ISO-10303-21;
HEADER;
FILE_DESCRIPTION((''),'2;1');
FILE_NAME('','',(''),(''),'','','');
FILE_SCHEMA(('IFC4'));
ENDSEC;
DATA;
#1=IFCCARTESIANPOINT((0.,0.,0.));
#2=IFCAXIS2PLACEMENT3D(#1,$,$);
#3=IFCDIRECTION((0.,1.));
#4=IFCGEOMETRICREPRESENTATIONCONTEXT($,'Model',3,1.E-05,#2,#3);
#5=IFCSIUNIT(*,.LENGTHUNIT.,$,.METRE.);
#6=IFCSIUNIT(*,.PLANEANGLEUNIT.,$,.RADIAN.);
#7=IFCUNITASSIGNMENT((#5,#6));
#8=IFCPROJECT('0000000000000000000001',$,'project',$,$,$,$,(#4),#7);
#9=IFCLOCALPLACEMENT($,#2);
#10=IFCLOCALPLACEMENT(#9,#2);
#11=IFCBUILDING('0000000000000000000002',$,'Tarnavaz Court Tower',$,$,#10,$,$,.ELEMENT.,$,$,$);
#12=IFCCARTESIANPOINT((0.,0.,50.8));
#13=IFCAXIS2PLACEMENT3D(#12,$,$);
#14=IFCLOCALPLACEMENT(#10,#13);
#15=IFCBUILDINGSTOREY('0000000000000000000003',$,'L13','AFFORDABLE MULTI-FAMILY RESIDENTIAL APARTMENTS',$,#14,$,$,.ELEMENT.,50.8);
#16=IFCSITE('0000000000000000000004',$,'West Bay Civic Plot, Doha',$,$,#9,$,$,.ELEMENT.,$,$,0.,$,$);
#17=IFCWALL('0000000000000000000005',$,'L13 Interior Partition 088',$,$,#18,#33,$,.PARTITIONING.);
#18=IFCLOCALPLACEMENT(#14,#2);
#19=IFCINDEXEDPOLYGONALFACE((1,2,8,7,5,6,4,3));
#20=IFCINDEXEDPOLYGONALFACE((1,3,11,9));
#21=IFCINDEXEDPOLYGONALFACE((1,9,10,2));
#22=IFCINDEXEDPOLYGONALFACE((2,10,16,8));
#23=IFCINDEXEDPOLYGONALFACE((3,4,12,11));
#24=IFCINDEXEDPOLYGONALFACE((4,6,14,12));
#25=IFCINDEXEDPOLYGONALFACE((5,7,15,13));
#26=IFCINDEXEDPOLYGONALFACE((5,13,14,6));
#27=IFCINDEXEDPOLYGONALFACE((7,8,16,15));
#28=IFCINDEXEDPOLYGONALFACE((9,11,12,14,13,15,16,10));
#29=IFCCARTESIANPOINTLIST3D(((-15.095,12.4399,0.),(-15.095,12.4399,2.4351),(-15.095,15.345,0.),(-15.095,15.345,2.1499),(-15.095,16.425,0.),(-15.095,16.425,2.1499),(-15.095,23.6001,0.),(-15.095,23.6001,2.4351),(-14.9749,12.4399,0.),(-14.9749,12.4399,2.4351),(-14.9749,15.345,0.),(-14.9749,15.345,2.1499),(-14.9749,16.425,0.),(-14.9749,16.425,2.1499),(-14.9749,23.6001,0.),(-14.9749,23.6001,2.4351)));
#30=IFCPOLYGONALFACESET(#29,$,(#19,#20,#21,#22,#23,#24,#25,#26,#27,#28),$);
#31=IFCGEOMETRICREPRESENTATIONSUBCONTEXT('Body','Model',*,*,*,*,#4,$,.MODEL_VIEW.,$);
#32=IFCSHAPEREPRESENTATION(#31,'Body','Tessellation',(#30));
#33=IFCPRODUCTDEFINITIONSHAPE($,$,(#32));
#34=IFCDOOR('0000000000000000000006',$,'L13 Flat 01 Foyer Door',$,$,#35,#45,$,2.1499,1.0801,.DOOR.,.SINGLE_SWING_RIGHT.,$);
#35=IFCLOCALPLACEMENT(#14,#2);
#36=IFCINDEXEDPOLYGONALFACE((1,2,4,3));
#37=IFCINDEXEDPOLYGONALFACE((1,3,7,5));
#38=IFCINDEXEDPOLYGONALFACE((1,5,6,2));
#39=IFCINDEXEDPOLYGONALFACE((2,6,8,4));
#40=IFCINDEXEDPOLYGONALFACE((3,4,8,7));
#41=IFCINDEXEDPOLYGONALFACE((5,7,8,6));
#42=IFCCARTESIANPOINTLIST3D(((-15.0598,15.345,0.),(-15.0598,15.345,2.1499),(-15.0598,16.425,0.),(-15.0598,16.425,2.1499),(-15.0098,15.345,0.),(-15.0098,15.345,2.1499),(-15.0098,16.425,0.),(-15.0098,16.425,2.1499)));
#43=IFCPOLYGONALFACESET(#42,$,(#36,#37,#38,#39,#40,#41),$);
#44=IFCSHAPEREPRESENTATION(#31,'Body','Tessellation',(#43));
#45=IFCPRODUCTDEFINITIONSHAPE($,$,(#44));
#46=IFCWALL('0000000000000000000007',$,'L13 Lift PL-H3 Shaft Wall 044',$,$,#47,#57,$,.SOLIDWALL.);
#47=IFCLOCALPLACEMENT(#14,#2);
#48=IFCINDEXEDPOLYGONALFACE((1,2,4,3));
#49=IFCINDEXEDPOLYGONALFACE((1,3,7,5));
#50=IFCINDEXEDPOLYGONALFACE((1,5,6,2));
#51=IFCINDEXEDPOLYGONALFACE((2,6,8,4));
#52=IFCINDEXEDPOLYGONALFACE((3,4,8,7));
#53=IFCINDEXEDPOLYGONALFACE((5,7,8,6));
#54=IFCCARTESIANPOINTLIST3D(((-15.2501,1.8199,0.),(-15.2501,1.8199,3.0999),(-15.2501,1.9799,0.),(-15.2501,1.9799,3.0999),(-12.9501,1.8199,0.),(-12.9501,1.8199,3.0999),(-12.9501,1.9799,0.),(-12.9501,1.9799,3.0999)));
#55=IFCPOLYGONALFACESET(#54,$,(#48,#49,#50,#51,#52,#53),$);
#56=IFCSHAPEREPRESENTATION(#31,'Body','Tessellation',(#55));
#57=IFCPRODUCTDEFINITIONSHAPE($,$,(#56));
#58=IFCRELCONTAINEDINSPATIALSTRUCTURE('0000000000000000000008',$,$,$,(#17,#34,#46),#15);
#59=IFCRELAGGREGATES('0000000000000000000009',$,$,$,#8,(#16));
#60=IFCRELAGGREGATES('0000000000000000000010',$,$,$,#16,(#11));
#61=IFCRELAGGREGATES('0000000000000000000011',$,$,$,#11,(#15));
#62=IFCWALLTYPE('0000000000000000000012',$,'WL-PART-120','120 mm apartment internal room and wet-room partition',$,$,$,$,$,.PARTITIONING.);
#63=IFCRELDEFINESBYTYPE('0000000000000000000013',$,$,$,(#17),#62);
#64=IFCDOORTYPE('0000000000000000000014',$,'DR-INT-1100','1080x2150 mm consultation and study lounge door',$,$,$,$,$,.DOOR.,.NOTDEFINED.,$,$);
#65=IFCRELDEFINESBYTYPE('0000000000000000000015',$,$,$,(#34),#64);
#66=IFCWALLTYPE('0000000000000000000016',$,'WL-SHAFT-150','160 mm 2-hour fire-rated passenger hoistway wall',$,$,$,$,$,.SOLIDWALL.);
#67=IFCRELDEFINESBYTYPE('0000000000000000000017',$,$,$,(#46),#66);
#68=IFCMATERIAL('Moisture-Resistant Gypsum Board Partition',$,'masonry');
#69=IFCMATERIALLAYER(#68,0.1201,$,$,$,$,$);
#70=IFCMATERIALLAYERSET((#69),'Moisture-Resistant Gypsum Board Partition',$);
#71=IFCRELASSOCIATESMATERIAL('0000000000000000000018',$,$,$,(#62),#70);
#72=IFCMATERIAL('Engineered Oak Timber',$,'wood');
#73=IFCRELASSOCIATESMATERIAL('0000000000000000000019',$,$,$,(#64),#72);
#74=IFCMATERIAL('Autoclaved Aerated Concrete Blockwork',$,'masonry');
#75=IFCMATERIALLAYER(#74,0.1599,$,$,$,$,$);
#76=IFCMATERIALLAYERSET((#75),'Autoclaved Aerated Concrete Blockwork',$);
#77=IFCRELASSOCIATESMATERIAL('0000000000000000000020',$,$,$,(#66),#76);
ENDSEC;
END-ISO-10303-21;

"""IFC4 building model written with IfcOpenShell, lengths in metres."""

from ifc_helpers import new_model, si_unit, direction, frame, frame_2d, origin, place, context, subcontext, project, spatial, rectangle, extrude, material, layer, layer_set, type_object, element, fill, save


model = new_model("IFC4")

# Units and contexts
model_context = context("Model", 3, precision=1e-05, world=origin(), true_north=direction((0.0, 1.0)))
body_context = subcontext(model_context, "Body", "Model", "MODEL_VIEW")
ifc_project = project(units=[si_unit("LENGTHUNIT", "METRE"), si_unit("PLANEANGLEUNIT", "RADIAN")], contexts=[model_context])

# Site, building, storey
site_placement = place(None, origin())
site = spatial("IfcSite", under=ifc_project, at=site_placement, Name="West Bay Civic Plot, Doha", CompositionType="ELEMENT", RefElevation=0.0)
building_placement = place(site_placement, origin())
building = spatial("IfcBuilding", under=site, at=building_placement, Name="Tarnavaz Court Tower", CompositionType="ELEMENT")
storey_placement = place(building_placement, frame((0.0, 0.0, 50.8)))
storey = spatial("IfcBuildingStorey", under=building, at=storey_placement, Name="L13", Description="AFFORDABLE MULTI-FAMILY RESIDENTIAL APARTMENTS", CompositionType="ELEMENT", Elevation=50.8)

# Shared definitions
ifc_material_1 = material(Name="Engineered Oak Timber", Category="wood")

# Shared definitions
ifc_material_2 = material(Name="Autoclaved Aerated Concrete Blockwork", Category="masonry")

# Wall, opening, door
ifc_material_3 = material(Name="Moisture-Resistant Gypsum Board Partition", Category="masonry")
ifc_layer_1 = layer(ifc_material_3, 0.1201)
ifc_layer_set_1 = layer_set([ifc_layer_1], Name="Moisture-Resistant Gypsum Board Partition")
wall_type_1 = type_object("IfcWallType", Name="WL-PART-120", Description="120 mm apartment internal room and wet-room partition", PredefinedType="PARTITIONING", material=ifc_layer_set_1)
wall_1_placement = place(storey_placement, frame((-15.0349, 12.4399, 0.0), z_axis=(0.0, 0.0, 1.0), x_axis=(0.0, 1.0, 0.0)))
wall_1 = element("IfcWall", 1, at=wall_1_placement, inside=storey, type_object=wall_type_1, Name="L13 Interior Partition 088", PredefinedType="PARTITIONING", context=body_context, shape_type="SweptSolid", body=[
    extrude(rectangle(XDim=11.1602, YDim=0.1201, at=frame_2d((5.5801, 0.0))), origin(), (0.0, 0.0, 1.0), 2.4351),
])
opening_1_placement = place(wall_1_placement, frame((2.905, 0.0, 0.0)))
opening_1 = element("IfcOpeningElement", 2, at=opening_1_placement, cuts=wall_1, PredefinedType="OPENING", context=body_context, shape_type="SweptSolid", body=[
    extrude(rectangle(XDim=1.0801, YDim=2.1499, at=frame_2d((0.54, 1.075))), frame((0.0, 0.0701, 0.0), z_axis=(0.0, -1.0, 0.0), x_axis=(1.0, 0.0, 0.0)), (0.0, 0.0, 1.0), 0.1401),
])
door_type_1 = type_object("IfcDoorType", Name="DR-INT-1100", Description="1080x2150 mm consultation and study lounge door", OperationType="NOTDEFINED", PredefinedType="DOOR", material=ifc_material_1)
door_1_placement = place(opening_1_placement, origin())
door_1 = element("IfcDoor", 3, at=door_1_placement, inside=storey, type_object=door_type_1, Name="L13 Flat 01 Foyer Door", OperationType="SINGLE_SWING_RIGHT", OverallHeight=2.1499, OverallWidth=1.0801, PredefinedType="DOOR", context=body_context, shape_type="SweptSolid", body=[
    extrude(rectangle(XDim=1.0801, YDim=2.1499, at=frame_2d((0.54, 1.075))), frame((0.0, 0.0249, 0.0), z_axis=(0.0, -1.0, 0.0), x_axis=(1.0, 0.0, 0.0)), (0.0, 0.0, 1.0), 0.05),
])
fill(opening_1, door_1)

# Wall
ifc_layer_2 = layer(ifc_material_2, 0.1599)
ifc_layer_set_2 = layer_set([ifc_layer_2], Name="Autoclaved Aerated Concrete Blockwork")
wall_type_2 = type_object("IfcWallType", Name="WL-SHAFT-150", Description="160 mm 2-hour fire-rated passenger hoistway wall", PredefinedType="SOLIDWALL", material=ifc_layer_set_2)
wall_2_placement = place(storey_placement, frame((-15.25, 1.8999, 0.0), z_axis=(0.0, 0.0, 1.0), x_axis=(1.0, 0.0, 0.0)))
element("IfcWall", 4, at=wall_2_placement, inside=storey, type_object=wall_type_2, Name="L13 Lift PL-H3 Shaft Wall 044", PredefinedType="SOLIDWALL", context=body_context, shape_type="SweptSolid", body=[
    extrude(rectangle(XDim=2.3, YDim=0.1599, at=frame_2d((1.1499, 0.0))), origin(), (0.0, 0.0, 1.0), 3.0999),
])

save(model, "model.ifc")
